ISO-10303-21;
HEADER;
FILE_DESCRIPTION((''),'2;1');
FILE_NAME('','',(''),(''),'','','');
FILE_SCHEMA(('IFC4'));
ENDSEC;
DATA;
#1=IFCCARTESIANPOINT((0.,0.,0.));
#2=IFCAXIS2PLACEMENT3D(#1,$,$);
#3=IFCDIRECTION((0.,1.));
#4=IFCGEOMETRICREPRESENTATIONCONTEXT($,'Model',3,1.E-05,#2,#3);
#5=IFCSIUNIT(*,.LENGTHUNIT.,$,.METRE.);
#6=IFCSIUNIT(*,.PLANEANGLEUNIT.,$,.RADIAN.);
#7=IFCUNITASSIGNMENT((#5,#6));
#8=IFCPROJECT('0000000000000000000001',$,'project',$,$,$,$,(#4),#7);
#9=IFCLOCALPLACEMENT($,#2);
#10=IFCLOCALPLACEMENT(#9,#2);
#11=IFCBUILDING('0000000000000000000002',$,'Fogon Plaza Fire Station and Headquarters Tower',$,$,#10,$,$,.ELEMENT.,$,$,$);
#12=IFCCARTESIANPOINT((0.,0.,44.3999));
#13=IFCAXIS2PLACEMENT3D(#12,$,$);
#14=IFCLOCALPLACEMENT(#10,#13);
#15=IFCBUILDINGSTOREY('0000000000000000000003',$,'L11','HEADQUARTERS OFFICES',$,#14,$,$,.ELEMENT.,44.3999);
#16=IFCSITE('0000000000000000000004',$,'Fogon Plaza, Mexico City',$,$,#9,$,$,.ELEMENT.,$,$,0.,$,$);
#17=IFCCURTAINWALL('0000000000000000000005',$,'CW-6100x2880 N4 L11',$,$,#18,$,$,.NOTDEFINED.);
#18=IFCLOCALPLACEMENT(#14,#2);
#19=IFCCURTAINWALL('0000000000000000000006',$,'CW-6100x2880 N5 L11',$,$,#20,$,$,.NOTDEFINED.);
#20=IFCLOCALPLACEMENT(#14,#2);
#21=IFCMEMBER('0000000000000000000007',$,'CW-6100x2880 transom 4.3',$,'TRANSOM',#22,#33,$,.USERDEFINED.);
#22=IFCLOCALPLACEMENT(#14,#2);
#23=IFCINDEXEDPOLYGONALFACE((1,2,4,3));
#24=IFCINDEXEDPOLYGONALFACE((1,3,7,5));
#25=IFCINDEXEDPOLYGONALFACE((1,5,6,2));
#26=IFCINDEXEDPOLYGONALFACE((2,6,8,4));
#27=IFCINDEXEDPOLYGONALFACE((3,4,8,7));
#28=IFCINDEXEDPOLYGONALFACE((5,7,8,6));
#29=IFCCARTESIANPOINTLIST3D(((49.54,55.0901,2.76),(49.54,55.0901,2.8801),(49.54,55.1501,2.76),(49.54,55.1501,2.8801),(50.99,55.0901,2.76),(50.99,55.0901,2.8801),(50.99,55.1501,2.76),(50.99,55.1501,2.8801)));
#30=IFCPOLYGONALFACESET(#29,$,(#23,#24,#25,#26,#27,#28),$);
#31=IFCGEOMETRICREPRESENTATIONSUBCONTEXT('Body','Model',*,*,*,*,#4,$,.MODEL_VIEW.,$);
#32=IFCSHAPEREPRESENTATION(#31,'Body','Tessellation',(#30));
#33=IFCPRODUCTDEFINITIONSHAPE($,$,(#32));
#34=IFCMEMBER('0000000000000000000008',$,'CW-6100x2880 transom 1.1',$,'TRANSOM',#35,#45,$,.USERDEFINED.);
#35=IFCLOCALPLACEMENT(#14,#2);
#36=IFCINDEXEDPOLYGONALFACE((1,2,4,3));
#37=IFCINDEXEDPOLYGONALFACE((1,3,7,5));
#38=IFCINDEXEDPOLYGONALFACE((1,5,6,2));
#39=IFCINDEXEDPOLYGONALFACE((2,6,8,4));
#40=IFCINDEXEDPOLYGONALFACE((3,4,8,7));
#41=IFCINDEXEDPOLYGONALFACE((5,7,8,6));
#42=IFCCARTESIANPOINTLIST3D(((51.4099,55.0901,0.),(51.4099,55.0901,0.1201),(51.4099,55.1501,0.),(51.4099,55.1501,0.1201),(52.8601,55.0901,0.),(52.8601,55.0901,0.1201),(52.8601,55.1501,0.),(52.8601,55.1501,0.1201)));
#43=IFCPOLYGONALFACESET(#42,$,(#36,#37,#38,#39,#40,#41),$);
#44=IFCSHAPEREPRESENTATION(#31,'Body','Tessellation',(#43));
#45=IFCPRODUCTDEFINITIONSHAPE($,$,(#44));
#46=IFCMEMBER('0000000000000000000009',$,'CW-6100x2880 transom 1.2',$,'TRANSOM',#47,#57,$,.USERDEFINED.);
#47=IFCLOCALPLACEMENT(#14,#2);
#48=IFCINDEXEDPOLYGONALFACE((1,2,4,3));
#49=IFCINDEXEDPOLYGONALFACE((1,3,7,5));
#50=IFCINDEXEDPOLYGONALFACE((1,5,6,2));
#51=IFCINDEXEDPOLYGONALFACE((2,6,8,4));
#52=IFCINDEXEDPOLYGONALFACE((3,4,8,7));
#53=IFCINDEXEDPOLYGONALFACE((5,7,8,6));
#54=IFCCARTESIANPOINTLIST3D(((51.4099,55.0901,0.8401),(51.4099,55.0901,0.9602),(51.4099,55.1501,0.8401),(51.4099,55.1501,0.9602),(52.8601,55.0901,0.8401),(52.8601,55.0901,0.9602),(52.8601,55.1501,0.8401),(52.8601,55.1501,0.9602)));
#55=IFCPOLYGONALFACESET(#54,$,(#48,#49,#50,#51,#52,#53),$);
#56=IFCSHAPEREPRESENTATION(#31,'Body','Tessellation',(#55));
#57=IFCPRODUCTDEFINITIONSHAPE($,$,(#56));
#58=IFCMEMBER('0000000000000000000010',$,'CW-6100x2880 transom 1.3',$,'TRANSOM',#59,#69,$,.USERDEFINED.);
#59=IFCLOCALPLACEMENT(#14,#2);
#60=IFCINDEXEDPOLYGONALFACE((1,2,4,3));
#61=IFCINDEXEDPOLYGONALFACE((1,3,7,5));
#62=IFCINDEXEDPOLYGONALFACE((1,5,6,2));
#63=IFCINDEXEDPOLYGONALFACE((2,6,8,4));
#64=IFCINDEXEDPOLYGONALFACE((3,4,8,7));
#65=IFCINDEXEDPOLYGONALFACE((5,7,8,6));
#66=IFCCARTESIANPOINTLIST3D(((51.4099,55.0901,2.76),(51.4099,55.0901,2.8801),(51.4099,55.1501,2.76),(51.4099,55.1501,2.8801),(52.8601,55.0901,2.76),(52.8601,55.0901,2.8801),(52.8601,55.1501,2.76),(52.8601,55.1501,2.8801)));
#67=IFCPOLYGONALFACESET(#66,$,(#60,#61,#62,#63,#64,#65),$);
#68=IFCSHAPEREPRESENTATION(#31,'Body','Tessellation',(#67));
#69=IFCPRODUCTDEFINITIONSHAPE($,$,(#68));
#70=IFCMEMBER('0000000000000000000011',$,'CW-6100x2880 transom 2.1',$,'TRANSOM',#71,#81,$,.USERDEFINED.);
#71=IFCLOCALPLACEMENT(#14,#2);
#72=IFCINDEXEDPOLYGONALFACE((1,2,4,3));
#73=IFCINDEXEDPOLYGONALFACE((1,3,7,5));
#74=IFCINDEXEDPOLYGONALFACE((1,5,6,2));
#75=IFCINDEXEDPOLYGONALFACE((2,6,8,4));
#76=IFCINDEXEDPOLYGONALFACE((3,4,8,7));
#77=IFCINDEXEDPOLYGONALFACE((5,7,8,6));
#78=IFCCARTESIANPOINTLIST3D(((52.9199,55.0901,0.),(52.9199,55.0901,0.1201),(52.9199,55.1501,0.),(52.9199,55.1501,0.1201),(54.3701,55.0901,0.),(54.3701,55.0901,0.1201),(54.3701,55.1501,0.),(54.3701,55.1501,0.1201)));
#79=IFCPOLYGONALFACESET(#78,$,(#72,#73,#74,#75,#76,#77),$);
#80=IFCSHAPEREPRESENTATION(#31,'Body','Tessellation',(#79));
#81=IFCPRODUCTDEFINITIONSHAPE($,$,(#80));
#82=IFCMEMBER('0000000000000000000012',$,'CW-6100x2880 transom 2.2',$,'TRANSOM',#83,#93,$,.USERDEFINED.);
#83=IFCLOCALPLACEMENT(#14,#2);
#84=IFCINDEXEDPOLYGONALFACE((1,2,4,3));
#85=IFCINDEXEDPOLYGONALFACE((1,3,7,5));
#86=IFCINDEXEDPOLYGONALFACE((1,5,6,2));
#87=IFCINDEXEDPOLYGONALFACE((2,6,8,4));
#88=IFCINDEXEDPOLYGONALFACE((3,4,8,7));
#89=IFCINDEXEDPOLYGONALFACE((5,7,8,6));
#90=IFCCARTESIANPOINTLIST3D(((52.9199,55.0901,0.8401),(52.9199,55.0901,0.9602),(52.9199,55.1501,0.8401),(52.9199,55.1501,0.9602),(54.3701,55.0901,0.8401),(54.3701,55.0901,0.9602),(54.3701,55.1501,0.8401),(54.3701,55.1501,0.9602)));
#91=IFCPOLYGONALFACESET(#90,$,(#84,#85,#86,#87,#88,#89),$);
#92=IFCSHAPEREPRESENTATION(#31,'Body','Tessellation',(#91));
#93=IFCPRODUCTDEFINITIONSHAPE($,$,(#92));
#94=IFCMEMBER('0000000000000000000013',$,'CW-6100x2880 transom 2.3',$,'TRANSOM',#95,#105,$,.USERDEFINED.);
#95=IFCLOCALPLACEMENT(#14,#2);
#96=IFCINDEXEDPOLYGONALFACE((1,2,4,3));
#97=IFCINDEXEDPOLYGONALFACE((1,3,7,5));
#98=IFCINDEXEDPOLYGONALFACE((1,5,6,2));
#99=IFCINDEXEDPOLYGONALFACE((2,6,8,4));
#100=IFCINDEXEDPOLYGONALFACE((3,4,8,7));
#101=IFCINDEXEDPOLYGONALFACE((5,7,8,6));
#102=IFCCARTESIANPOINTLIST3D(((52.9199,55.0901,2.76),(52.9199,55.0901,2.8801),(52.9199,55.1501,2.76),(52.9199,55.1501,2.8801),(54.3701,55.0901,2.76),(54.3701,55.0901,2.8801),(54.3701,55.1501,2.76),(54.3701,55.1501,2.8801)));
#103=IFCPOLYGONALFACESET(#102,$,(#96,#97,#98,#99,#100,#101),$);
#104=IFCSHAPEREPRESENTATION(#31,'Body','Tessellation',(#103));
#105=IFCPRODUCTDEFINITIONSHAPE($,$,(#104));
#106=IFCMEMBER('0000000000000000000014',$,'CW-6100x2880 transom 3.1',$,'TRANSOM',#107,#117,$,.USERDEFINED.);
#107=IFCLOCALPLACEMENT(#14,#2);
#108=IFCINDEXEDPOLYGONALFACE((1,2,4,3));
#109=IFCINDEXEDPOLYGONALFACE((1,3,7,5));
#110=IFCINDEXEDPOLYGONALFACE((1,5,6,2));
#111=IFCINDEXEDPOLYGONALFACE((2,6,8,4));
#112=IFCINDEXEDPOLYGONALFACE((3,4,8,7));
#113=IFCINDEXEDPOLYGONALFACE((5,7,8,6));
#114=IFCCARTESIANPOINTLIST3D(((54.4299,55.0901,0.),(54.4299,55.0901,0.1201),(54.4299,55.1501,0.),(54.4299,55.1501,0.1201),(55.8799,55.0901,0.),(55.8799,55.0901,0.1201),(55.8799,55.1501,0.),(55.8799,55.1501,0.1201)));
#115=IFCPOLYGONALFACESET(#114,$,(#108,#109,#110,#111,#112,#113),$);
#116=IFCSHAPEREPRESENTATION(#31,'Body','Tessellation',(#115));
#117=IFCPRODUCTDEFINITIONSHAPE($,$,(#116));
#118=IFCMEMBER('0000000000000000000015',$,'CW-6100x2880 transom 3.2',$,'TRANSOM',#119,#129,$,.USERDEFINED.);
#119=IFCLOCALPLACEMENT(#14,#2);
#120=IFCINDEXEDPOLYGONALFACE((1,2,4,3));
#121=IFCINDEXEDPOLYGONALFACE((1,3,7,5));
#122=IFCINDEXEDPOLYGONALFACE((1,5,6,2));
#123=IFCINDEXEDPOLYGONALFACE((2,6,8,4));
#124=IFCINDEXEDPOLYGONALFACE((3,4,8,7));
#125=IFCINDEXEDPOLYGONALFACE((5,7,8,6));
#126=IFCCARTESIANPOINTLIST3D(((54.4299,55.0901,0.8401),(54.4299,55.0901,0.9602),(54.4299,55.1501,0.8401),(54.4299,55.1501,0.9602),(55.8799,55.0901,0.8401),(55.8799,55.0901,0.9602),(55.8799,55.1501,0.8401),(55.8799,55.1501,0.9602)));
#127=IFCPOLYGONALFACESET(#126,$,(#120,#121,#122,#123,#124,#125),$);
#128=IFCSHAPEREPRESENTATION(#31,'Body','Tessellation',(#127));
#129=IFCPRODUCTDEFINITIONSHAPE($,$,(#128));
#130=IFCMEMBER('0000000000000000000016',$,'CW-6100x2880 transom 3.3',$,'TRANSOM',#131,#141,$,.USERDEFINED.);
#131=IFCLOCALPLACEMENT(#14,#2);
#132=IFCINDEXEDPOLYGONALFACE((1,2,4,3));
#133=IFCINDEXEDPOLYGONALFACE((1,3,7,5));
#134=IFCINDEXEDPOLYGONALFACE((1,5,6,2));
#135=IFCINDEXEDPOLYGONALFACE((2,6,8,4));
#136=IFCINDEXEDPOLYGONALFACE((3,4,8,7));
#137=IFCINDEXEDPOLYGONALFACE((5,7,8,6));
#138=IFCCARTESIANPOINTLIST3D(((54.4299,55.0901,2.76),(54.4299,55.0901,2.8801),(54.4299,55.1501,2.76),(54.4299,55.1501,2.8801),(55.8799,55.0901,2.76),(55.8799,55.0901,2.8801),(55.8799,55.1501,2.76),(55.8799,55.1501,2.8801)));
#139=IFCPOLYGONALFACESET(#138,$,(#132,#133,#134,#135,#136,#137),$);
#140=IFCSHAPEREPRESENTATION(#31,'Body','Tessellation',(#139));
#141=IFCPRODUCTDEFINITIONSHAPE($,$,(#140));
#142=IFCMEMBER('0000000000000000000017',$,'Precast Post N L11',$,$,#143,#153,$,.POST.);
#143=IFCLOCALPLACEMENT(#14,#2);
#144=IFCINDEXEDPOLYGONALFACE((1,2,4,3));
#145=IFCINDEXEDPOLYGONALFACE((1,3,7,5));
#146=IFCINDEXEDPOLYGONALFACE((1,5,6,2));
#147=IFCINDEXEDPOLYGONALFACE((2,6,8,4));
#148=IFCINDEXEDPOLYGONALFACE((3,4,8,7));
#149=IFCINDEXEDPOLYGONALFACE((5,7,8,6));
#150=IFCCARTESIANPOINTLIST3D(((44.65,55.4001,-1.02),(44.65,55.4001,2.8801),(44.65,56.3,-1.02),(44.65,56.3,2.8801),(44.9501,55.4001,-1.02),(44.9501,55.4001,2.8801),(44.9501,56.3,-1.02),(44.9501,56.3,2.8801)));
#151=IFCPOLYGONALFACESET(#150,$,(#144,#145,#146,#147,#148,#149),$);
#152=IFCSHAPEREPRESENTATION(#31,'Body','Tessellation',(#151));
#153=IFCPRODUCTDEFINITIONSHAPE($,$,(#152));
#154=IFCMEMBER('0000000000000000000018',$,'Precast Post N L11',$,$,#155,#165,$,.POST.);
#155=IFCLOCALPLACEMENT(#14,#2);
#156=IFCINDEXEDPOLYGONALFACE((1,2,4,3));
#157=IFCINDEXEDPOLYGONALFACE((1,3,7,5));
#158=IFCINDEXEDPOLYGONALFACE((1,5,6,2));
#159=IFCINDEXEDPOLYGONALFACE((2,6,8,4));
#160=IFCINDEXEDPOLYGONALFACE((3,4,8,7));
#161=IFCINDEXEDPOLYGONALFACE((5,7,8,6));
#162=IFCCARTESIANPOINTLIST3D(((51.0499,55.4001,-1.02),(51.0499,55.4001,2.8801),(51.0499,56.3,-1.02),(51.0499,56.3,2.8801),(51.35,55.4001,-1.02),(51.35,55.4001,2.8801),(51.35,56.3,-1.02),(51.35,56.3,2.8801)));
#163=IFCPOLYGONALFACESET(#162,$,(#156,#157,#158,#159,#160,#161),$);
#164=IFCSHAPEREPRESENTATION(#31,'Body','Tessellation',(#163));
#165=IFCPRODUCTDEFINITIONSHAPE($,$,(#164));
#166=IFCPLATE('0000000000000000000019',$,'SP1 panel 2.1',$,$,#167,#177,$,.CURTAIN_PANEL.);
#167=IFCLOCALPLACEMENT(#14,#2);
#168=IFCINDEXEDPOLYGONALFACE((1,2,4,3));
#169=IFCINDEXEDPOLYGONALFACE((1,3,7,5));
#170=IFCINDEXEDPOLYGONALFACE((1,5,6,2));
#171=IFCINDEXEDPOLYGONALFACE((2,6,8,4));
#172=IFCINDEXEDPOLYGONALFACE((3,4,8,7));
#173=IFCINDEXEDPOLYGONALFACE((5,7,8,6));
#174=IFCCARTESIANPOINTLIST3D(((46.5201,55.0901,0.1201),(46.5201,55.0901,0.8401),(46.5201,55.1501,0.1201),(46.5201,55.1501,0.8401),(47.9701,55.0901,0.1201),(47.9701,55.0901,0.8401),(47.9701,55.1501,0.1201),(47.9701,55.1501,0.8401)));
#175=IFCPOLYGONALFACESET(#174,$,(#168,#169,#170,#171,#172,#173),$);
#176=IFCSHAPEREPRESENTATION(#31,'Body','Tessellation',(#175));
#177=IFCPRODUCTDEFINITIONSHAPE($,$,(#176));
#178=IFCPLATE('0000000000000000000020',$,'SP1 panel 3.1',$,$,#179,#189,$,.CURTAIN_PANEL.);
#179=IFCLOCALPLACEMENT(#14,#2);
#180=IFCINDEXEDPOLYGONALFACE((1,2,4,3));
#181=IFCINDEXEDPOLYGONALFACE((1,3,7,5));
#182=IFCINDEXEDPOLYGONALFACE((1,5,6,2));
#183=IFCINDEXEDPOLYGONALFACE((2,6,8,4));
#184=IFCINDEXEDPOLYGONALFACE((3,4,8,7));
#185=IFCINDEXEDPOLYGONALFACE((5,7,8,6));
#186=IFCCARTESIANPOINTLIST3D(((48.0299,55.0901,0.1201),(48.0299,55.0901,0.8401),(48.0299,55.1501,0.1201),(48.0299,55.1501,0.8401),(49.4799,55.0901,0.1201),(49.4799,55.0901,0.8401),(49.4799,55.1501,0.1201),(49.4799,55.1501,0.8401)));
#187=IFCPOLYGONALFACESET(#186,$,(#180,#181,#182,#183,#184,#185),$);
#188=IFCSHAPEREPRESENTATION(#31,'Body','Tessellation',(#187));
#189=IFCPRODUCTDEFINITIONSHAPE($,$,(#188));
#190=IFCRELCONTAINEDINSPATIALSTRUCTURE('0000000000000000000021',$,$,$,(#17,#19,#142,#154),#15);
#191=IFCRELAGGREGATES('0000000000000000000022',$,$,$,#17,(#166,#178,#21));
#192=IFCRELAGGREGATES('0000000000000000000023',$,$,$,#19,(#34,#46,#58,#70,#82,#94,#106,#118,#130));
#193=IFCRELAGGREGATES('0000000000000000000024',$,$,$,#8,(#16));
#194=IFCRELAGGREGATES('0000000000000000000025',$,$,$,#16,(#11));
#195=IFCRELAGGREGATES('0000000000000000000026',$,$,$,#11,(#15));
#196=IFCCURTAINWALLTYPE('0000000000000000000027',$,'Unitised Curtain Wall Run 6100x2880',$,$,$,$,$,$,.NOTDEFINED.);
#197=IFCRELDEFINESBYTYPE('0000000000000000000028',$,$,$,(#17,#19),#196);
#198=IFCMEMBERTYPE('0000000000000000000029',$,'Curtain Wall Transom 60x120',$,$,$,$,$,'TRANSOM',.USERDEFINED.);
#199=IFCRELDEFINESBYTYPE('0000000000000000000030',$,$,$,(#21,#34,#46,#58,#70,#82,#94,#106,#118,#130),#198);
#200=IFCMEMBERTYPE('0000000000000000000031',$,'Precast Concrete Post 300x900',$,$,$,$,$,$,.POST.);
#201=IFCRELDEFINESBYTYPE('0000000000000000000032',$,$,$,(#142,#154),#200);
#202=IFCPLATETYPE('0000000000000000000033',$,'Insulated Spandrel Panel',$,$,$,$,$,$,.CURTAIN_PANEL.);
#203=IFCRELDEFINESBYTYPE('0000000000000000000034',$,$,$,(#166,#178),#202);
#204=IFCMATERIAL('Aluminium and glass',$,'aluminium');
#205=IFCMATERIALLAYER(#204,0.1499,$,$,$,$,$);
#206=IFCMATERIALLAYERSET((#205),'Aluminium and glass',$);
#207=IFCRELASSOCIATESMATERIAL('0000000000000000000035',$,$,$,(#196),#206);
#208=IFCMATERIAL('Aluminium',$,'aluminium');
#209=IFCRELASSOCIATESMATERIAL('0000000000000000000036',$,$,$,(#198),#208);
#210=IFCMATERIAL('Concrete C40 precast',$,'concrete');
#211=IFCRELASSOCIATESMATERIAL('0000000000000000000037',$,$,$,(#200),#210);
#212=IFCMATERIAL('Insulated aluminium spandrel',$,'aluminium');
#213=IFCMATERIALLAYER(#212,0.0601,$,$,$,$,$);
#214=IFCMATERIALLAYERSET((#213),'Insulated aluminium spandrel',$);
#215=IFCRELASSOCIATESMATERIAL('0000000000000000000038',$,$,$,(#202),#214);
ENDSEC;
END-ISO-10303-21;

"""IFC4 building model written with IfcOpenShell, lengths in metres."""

from ifc_helpers import new_model, si_unit, direction, frame, origin, origin_2d, place, context, subcontext, project, spatial, rectangle, extrude, material, layer, layer_set, material_profile, profile_set, type_object, element, aggregate, save


model = new_model("IFC4")

# Units and contexts
model_context = context("Model", 3, precision=1e-05, world=origin(), true_north=direction((0.0, 1.0)))
body_context = subcontext(model_context, "Body", "Model", "MODEL_VIEW")
ifc_project = project(units=[si_unit("LENGTHUNIT", "METRE"), si_unit("PLANEANGLEUNIT", "RADIAN")], contexts=[model_context])

# Site, building, storey
site_placement = place(None, origin())
site = spatial("IfcSite", under=ifc_project, at=site_placement, Name="Fogon Plaza, Mexico City", CompositionType="ELEMENT", RefElevation=0.0)
building_placement = place(site_placement, origin())
building = spatial("IfcBuilding", under=site, at=building_placement, Name="Fogon Plaza Fire Station and Headquarters Tower", CompositionType="ELEMENT")
storey_placement = place(building_placement, frame((0.0, 0.0, 44.3999)))
storey = spatial("IfcBuildingStorey", under=building, at=storey_placement, Name="L11", Description="HEADQUARTERS OFFICES", CompositionType="ELEMENT", Elevation=44.3999)

# Curtain walls
ifc_material_1 = material(Name="Aluminium and glass", Category="aluminium")
ifc_layer_1 = layer(ifc_material_1, 0.1499)
ifc_layer_set_1 = layer_set([ifc_layer_1], Name="Aluminium and glass")
curtain_wall_type = type_object("IfcCurtainWallType", Name="Unitised Curtain Wall Run 6100x2880", PredefinedType="NOTDEFINED", material=ifc_layer_set_1)
curtain_wall_1_placement = place(storey_placement, origin())
curtain_wall_1 = element("IfcCurtainWall", 1, at=curtain_wall_1_placement, inside=storey, type_object=curtain_wall_type, Name="CW-6100x2880 N4 L11", PredefinedType="NOTDEFINED")
curtain_wall_2_placement = place(storey_placement, origin())
curtain_wall_2 = element("IfcCurtainWall", 2, at=curtain_wall_2_placement, inside=storey, type_object=curtain_wall_type, Name="CW-6100x2880 N5 L11", PredefinedType="NOTDEFINED")

# Members
ifc_material_2 = material(Name="Aluminium", Category="aluminium")
ifc_material_profile_1 = material_profile(ifc_material_2, rectangle(XDim=0.0601, YDim=0.1201, at=origin_2d()), Name="Curtain Wall Transom 60x120")
ifc_profile_set_1 = profile_set([ifc_material_profile_1], Name="Aluminium")
member_type_1 = type_object("IfcMemberType", Name="Curtain Wall Transom 60x120", ElementType="TRANSOM", PredefinedType="USERDEFINED", material=ifc_profile_set_1)
member_1_placement = place(storey_placement, frame((49.54, 55.1201, 2.8201), z_axis=(1.0, 0.0, 0.0), x_axis=(0.0, 1.0, 0.0)))
member_1 = element("IfcMember", 3, at=member_1_placement, type_object=member_type_1, Name="CW-6100x2880 transom 4.3", ObjectType="TRANSOM", PredefinedType="USERDEFINED", context=body_context, shape_type="SweptSolid", body=[
    extrude(rectangle(XDim=0.0601, YDim=0.1201, at=origin_2d()), origin(), (0.0, 0.0, 1.0), 1.45),
])
member_2_placement = place(storey_placement, frame((51.4099, 55.1201, 0.0601), z_axis=(1.0, 0.0, 0.0), x_axis=(0.0, 1.0, 0.0)))
member_2 = element("IfcMember", 4, at=member_2_placement, type_object=member_type_1, Name="CW-6100x2880 transom 1.1", ObjectType="TRANSOM", PredefinedType="USERDEFINED", context=body_context, shape_type="SweptSolid", body=[
    extrude(rectangle(XDim=0.0601, YDim=0.1201, at=origin_2d()), origin(), (0.0, 0.0, 1.0), 1.4502),
])
member_3_placement = place(storey_placement, frame((51.4099, 55.1201, 0.9001), z_axis=(1.0, 0.0, 0.0), x_axis=(0.0, 1.0, 0.0)))
member_3 = element("IfcMember", 5, at=member_3_placement, type_object=member_type_1, Name="CW-6100x2880 transom 1.2", ObjectType="TRANSOM", PredefinedType="USERDEFINED", context=body_context, shape_type="SweptSolid", body=[
    extrude(rectangle(XDim=0.0601, YDim=0.1201, at=origin_2d()), origin(), (0.0, 0.0, 1.0), 1.4502),
])
member_4_placement = place(storey_placement, frame((51.4099, 55.1201, 2.8201), z_axis=(1.0, 0.0, 0.0), x_axis=(0.0, 1.0, 0.0)))
member_4 = element("IfcMember", 6, at=member_4_placement, type_object=member_type_1, Name="CW-6100x2880 transom 1.3", ObjectType="TRANSOM", PredefinedType="USERDEFINED", context=body_context, shape_type="SweptSolid", body=[
    extrude(rectangle(XDim=0.0601, YDim=0.1201, at=origin_2d()), origin(), (0.0, 0.0, 1.0), 1.4502),
])
member_5_placement = place(storey_placement, frame((52.9199, 55.1201, 0.0601), z_axis=(1.0, 0.0, 0.0), x_axis=(0.0, 1.0, 0.0)))
member_5 = element("IfcMember", 7, at=member_5_placement, type_object=member_type_1, Name="CW-6100x2880 transom 2.1", ObjectType="TRANSOM", PredefinedType="USERDEFINED", context=body_context, shape_type="SweptSolid", body=[
    extrude(rectangle(XDim=0.0601, YDim=0.1201, at=origin_2d()), origin(), (0.0, 0.0, 1.0), 1.4502),
])
member_6_placement = place(storey_placement, frame((52.9199, 55.1201, 0.9001), z_axis=(1.0, 0.0, 0.0), x_axis=(0.0, 1.0, 0.0)))
member_6 = element("IfcMember", 8, at=member_6_placement, type_object=member_type_1, Name="CW-6100x2880 transom 2.2", ObjectType="TRANSOM", PredefinedType="USERDEFINED", context=body_context, shape_type="SweptSolid", body=[
    extrude(rectangle(XDim=0.0601, YDim=0.1201, at=origin_2d()), origin(), (0.0, 0.0, 1.0), 1.4502),
])
member_7_placement = place(storey_placement, frame((52.9199, 55.1201, 2.8201), z_axis=(1.0, 0.0, 0.0), x_axis=(0.0, 1.0, 0.0)))
member_7 = element("IfcMember", 9, at=member_7_placement, type_object=member_type_1, Name="CW-6100x2880 transom 2.3", ObjectType="TRANSOM", PredefinedType="USERDEFINED", context=body_context, shape_type="SweptSolid", body=[
    extrude(rectangle(XDim=0.0601, YDim=0.1201, at=origin_2d()), origin(), (0.0, 0.0, 1.0), 1.4502),
])
member_8_placement = place(storey_placement, frame((54.4299, 55.1201, 0.0601), z_axis=(1.0, 0.0, 0.0), x_axis=(0.0, 1.0, 0.0)))
member_8 = element("IfcMember", 10, at=member_8_placement, type_object=member_type_1, Name="CW-6100x2880 transom 3.1", ObjectType="TRANSOM", PredefinedType="USERDEFINED", context=body_context, shape_type="SweptSolid", body=[
    extrude(rectangle(XDim=0.0601, YDim=0.1201, at=origin_2d()), origin(), (0.0, 0.0, 1.0), 1.45),
])
member_9_placement = place(storey_placement, frame((54.4299, 55.1201, 0.9001), z_axis=(1.0, 0.0, 0.0), x_axis=(0.0, 1.0, 0.0)))
member_9 = element("IfcMember", 11, at=member_9_placement, type_object=member_type_1, Name="CW-6100x2880 transom 3.2", ObjectType="TRANSOM", PredefinedType="USERDEFINED", context=body_context, shape_type="SweptSolid", body=[
    extrude(rectangle(XDim=0.0601, YDim=0.1201, at=origin_2d()), origin(), (0.0, 0.0, 1.0), 1.45),
])
member_10_placement = place(storey_placement, frame((54.4299, 55.1201, 2.8201), z_axis=(1.0, 0.0, 0.0), x_axis=(0.0, 1.0, 0.0)))
member_10 = element("IfcMember", 12, at=member_10_placement, type_object=member_type_1, Name="CW-6100x2880 transom 3.3", ObjectType="TRANSOM", PredefinedType="USERDEFINED", context=body_context, shape_type="SweptSolid", body=[
    extrude(rectangle(XDim=0.0601, YDim=0.1201, at=origin_2d()), origin(), (0.0, 0.0, 1.0), 1.45),
])

# Members
ifc_material_3 = material(Name="Concrete C40 precast", Category="concrete")
ifc_material_profile_2 = material_profile(ifc_material_3, rectangle(XDim=0.3, YDim=0.8999, at=origin_2d()), Name="Precast Concrete Post 300x900")
ifc_profile_set_2 = profile_set([ifc_material_profile_2], Name="Concrete C40 precast")
member_type_2 = type_object("IfcMemberType", Name="Precast Concrete Post 300x900", PredefinedType="POST", material=ifc_profile_set_2)
for number, where, z_axis, x_axis, name in (
    (13, (44.8, 55.8501, -1.02), (0.0, 0.0, 1.0), (1.0, 0.0, 0.0), "Precast Post N L11"),
    (14, (51.2, 55.8501, -1.02), (0.0, 0.0, 1.0), (1.0, 0.0, 0.0), "Precast Post N L11"),
):
    element("IfcMember", number, at=place(storey_placement, frame(where, z_axis=z_axis, x_axis=x_axis)), inside=storey, type_object=member_type_2, Name=name, PredefinedType="POST", context=body_context, shape_type="SweptSolid", body=[
        extrude(rectangle(XDim=0.3, YDim=0.8999, at=origin_2d()), origin(), (0.0, 0.0, 1.0), 3.9001),
    ])

# Plates
ifc_material_4 = material(Name="Insulated aluminium spandrel", Category="aluminium")
ifc_layer_2 = layer(ifc_material_4, 0.0601)
ifc_layer_set_2 = layer_set([ifc_layer_2], Name="Insulated aluminium spandrel")
plate_type_1 = type_object("IfcPlateType", Name="Insulated Spandrel Panel", PredefinedType="CURTAIN_PANEL", material=ifc_layer_set_2)
plate_1_placement = place(storey_placement, frame((47.2451, 55.1201, 0.1201), z_axis=(0.0, 0.0, 1.0), x_axis=(1.0, 0.0, 0.0)))
plate_1 = element("IfcPlate", 15, at=plate_1_placement, type_object=plate_type_1, Name="SP1 panel 2.1", PredefinedType="CURTAIN_PANEL", context=body_context, shape_type="SweptSolid", body=[
    extrude(rectangle(XDim=1.45, YDim=0.0601, at=origin_2d()), origin(), (0.0, 0.0, 1.0), 0.72),
])
plate_2_placement = place(storey_placement, frame((48.7549, 55.1201, 0.1201), z_axis=(0.0, 0.0, 1.0), x_axis=(1.0, 0.0, 0.0)))
plate_2 = element("IfcPlate", 16, at=plate_2_placement, type_object=plate_type_1, Name="SP1 panel 3.1", PredefinedType="CURTAIN_PANEL", context=body_context, shape_type="SweptSolid", body=[
    extrude(rectangle(XDim=1.45, YDim=0.0601, at=origin_2d()), origin(), (0.0, 0.0, 1.0), 0.72),
])
aggregate(curtain_wall_1, [plate_1, plate_2, member_1])
aggregate(curtain_wall_2, [member_2, member_3, member_4, member_5, member_6, member_7, member_8, member_9, member_10])

save(model, "model.ifc")
